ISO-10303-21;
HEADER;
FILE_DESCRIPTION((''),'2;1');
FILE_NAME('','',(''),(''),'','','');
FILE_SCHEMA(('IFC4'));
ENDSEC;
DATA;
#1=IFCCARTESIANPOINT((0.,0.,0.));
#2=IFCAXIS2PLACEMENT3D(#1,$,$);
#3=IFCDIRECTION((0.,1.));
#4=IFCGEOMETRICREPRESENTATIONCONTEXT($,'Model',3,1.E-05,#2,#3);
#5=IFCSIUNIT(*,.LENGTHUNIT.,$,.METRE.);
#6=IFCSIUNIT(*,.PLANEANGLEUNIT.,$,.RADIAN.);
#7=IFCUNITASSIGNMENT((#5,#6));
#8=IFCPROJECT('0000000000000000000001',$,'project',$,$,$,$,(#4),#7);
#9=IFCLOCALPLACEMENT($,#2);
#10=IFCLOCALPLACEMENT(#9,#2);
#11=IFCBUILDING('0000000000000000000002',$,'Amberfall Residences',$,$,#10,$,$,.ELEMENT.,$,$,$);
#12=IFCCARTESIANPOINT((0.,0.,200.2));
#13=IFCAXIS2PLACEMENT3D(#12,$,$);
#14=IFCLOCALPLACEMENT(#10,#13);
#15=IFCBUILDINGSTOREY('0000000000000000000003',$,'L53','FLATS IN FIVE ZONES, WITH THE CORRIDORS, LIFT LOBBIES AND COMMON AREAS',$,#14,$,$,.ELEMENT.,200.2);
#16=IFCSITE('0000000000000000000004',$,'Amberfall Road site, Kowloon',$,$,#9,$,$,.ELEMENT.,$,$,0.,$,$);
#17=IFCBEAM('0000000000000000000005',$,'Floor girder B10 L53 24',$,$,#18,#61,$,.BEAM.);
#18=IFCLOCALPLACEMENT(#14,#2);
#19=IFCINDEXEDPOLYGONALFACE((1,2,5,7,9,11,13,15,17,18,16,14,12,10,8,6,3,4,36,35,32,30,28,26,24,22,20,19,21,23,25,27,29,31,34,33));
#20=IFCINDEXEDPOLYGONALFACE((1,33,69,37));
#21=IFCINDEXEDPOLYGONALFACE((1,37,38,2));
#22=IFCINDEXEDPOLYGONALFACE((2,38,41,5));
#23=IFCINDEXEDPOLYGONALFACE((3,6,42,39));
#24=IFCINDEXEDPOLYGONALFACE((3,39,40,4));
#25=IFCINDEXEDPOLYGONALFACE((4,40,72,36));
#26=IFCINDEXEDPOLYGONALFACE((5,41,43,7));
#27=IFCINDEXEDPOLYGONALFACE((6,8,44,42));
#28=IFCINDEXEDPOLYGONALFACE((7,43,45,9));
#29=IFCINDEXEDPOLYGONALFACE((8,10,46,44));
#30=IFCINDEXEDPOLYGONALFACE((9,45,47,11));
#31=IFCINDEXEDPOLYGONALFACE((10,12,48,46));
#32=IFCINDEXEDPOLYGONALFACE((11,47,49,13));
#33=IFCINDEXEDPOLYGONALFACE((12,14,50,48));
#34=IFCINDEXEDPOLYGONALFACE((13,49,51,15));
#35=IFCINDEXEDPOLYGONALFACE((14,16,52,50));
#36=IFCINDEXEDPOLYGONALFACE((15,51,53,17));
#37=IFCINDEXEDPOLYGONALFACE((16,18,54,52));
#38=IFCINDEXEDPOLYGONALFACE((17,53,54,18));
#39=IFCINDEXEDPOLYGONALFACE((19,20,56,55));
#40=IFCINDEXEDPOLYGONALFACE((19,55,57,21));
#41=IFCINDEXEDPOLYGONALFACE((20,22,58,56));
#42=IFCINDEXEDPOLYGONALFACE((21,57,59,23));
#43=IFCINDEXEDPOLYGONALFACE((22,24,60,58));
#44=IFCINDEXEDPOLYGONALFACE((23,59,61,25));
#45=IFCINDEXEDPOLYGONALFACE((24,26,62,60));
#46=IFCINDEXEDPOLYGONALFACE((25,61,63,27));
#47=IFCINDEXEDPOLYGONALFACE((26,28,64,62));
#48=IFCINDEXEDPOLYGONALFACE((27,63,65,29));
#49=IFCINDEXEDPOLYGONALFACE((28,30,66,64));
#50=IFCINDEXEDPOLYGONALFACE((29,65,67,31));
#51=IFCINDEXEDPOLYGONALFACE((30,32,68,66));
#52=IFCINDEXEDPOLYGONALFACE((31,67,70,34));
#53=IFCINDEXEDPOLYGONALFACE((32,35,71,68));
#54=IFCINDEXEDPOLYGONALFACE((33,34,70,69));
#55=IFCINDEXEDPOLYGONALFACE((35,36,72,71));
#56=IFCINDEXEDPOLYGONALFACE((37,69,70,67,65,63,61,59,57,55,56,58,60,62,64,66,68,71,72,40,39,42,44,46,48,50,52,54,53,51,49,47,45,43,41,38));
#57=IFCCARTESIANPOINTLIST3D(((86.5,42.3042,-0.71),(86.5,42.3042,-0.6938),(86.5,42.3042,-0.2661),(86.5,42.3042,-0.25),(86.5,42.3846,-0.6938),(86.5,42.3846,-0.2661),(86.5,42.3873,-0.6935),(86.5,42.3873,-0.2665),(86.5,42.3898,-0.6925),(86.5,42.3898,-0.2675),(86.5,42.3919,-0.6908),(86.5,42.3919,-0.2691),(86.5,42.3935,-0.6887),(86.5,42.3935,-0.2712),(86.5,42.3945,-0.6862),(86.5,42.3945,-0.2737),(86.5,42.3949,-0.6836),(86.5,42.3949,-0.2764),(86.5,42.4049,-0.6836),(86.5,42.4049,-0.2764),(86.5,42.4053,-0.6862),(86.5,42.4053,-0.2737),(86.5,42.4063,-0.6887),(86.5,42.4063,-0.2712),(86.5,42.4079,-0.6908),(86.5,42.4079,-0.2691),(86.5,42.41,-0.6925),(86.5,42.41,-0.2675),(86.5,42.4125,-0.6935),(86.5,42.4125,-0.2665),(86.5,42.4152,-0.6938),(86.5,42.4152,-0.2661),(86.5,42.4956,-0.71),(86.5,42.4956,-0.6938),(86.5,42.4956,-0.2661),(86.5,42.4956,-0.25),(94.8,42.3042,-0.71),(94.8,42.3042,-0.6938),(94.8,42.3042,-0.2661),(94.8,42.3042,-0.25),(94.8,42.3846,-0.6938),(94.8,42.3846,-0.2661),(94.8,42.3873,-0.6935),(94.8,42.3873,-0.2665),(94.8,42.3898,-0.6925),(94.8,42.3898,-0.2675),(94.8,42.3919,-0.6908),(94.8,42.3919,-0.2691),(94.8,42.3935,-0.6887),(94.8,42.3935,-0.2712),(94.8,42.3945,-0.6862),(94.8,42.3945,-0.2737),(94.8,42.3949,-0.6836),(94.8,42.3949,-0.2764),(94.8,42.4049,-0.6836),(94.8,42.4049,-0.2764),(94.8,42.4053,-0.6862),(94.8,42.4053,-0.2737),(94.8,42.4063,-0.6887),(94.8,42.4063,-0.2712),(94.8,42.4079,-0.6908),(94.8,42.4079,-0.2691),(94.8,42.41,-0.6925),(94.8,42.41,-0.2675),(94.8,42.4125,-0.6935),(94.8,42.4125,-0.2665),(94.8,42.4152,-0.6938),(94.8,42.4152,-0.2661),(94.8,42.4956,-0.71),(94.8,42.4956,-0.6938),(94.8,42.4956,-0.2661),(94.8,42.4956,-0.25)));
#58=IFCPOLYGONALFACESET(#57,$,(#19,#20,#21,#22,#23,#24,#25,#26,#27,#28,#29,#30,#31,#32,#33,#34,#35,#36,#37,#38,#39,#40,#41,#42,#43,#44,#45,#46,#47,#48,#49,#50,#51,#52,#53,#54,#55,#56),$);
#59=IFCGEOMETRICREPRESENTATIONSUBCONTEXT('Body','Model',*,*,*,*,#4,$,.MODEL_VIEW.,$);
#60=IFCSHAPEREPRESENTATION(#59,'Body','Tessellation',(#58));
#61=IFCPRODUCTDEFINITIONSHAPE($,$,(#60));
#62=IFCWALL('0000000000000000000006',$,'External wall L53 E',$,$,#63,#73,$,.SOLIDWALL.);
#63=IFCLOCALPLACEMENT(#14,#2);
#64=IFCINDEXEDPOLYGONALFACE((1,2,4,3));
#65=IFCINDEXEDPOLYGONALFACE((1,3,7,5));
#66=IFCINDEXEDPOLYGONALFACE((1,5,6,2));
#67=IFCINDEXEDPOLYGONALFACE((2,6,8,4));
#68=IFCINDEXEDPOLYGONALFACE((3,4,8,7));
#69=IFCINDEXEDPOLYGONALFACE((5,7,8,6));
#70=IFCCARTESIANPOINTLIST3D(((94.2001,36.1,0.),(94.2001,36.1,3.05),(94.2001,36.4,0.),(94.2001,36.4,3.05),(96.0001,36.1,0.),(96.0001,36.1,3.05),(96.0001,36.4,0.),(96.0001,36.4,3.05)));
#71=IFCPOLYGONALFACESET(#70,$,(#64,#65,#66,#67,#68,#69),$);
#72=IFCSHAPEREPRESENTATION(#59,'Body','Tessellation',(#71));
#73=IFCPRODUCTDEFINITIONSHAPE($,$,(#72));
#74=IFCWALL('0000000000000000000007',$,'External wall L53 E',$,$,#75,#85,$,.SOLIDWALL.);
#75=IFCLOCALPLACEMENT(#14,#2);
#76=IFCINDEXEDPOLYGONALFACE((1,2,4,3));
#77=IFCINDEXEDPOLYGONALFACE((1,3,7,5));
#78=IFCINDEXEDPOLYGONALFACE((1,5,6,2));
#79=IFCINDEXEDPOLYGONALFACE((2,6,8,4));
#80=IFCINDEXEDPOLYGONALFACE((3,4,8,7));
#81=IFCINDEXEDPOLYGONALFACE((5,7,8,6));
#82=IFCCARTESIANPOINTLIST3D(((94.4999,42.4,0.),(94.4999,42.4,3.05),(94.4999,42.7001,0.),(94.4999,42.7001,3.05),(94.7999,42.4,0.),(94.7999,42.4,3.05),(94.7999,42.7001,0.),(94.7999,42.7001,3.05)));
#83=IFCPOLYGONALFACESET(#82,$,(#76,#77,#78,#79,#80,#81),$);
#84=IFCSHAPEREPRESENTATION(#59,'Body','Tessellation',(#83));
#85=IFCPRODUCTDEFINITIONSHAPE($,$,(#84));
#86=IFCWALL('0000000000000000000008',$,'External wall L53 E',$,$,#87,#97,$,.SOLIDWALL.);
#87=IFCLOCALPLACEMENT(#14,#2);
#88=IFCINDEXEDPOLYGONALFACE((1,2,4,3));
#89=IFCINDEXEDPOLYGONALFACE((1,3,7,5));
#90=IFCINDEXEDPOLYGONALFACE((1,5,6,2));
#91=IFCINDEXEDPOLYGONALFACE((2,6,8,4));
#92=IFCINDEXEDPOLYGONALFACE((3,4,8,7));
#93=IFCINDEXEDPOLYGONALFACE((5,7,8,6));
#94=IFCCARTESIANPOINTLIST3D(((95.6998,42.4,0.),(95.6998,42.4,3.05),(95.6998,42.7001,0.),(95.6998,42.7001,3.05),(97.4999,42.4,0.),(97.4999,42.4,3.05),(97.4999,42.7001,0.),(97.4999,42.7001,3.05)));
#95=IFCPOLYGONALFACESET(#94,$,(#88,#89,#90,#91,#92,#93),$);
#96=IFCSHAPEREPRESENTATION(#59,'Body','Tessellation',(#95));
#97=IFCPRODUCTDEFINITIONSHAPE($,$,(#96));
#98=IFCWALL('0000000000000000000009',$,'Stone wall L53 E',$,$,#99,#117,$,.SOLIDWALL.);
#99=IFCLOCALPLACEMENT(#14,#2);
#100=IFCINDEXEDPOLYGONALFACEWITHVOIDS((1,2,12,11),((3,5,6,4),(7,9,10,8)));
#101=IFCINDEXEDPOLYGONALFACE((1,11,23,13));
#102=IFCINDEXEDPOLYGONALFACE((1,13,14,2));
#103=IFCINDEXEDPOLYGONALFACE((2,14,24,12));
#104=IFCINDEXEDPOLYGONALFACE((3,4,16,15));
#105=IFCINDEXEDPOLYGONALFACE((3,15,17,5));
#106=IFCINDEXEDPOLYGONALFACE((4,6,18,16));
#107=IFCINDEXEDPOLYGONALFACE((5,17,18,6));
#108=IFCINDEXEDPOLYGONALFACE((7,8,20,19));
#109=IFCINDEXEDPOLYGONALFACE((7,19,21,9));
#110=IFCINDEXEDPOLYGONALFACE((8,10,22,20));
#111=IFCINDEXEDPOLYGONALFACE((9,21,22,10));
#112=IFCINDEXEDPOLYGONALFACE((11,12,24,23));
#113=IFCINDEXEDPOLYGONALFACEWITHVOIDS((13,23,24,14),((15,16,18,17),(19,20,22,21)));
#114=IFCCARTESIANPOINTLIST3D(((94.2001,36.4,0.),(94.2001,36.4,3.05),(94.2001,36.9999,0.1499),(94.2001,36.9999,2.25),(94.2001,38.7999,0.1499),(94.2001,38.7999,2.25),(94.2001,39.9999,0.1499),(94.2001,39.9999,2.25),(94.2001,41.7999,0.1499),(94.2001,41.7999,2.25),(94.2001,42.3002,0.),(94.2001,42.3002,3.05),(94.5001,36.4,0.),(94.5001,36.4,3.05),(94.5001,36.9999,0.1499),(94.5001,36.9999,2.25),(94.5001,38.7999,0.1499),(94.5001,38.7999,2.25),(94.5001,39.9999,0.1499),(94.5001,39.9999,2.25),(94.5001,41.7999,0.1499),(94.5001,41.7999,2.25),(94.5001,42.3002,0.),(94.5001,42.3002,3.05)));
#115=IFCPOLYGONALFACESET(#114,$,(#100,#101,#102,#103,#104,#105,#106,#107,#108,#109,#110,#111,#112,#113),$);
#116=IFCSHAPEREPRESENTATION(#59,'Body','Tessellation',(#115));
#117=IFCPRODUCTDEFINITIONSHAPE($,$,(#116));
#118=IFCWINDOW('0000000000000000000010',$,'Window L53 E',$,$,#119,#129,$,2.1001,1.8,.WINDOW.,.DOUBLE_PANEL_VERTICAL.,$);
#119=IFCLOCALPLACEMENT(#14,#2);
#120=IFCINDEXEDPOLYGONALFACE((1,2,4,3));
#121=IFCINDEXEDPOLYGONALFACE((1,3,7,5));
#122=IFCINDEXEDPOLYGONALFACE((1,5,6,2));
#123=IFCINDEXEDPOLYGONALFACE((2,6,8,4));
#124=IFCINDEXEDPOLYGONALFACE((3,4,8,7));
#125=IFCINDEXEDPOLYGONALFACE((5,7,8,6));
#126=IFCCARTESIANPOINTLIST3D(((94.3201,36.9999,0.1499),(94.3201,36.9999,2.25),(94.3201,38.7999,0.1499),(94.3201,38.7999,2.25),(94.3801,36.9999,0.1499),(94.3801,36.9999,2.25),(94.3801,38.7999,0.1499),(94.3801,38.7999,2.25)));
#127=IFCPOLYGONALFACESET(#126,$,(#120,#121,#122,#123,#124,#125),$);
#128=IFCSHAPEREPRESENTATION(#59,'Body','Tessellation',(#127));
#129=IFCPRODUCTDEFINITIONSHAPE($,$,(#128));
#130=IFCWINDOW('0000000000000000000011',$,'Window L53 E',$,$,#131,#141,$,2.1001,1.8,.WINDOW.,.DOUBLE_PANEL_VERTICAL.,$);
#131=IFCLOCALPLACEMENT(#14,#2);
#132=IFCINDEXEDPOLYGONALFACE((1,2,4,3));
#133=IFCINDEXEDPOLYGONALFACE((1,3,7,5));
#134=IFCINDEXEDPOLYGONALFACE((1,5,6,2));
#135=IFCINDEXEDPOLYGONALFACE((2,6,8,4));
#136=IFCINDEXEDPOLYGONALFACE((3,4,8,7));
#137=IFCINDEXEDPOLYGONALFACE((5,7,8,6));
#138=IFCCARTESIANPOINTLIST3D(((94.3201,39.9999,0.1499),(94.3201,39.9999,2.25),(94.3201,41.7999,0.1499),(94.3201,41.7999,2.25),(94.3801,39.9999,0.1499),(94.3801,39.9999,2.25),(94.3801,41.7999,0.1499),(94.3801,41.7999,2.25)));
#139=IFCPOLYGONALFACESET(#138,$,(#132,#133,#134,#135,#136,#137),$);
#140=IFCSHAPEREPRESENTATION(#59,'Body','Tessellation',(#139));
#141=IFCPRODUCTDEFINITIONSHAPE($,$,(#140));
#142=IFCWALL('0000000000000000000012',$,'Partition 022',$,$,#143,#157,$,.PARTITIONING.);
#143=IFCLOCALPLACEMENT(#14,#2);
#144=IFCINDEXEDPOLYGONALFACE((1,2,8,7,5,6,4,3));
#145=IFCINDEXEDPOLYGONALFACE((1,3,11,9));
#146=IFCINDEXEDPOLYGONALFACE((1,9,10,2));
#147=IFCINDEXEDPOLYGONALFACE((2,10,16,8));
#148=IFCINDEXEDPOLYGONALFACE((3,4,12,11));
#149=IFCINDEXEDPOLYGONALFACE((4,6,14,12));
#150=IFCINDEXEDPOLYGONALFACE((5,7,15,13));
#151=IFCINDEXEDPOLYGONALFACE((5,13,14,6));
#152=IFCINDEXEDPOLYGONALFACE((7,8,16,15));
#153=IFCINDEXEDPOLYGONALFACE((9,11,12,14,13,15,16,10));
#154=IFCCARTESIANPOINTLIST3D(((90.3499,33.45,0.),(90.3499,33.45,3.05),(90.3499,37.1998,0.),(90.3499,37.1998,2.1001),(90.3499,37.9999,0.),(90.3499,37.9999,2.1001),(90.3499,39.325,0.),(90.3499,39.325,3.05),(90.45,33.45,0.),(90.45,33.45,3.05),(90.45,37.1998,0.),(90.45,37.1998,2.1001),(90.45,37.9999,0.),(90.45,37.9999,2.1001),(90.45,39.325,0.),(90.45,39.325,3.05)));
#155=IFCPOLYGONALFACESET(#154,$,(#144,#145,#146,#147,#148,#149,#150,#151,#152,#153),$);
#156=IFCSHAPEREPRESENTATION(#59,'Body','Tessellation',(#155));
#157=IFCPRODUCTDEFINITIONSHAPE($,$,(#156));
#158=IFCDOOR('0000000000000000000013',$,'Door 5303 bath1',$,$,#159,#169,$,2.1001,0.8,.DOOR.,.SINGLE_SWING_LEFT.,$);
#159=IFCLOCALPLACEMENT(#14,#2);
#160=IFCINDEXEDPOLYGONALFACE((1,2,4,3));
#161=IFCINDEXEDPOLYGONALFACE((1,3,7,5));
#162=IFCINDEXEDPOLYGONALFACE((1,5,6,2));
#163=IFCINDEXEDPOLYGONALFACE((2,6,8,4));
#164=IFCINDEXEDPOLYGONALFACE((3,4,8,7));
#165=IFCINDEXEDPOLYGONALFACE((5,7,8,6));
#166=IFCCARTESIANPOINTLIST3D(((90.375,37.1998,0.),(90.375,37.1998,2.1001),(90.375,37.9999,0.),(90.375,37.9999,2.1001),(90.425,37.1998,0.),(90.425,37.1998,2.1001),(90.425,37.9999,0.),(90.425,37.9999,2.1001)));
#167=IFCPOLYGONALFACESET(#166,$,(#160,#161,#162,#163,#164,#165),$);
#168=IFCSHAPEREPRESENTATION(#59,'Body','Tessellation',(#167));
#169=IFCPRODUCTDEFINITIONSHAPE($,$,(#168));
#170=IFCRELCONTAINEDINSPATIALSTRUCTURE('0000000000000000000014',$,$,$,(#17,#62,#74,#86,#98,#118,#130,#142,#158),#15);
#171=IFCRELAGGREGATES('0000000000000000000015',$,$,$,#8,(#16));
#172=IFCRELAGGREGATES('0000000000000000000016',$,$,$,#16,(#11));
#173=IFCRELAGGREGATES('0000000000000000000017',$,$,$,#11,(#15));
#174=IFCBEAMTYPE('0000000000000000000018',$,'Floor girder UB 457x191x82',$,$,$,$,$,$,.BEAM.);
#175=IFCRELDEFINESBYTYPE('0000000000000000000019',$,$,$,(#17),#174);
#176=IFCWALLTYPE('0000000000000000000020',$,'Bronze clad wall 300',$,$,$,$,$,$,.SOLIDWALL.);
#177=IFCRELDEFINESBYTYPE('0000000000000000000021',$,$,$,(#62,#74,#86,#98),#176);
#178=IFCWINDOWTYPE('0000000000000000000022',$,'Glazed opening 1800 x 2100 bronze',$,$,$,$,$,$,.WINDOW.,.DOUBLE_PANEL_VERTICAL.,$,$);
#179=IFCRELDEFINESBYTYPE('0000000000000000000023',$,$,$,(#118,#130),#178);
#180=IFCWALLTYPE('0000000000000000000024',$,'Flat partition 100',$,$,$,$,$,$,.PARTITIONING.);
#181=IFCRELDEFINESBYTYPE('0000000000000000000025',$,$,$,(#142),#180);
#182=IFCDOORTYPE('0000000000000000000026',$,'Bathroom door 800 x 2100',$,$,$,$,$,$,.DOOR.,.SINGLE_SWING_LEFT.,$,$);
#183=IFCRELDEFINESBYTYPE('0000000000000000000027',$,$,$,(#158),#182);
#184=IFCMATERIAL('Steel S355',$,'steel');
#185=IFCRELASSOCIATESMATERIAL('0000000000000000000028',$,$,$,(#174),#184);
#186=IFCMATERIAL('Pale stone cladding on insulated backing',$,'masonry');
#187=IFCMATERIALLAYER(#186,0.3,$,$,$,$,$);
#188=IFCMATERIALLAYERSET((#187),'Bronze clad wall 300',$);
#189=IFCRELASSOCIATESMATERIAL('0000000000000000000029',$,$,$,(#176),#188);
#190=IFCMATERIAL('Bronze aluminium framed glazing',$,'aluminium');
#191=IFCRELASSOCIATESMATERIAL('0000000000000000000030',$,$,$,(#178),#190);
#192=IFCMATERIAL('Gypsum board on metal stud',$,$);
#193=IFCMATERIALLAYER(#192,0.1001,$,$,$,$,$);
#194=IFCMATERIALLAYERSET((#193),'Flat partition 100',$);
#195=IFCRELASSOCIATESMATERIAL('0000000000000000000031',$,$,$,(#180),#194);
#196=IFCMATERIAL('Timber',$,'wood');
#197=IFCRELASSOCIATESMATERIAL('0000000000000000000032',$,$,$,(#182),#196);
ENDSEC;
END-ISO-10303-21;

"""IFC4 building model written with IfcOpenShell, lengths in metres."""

from ifc_helpers import new_model, si_unit, direction, frame, frame_2d, origin, origin_2d, place, context, subcontext, project, spatial, rectangle, i_section, extrude, material, layer, layer_set, material_profile, profile_set, type_object, element, fill, save


model = new_model("IFC4")

# Units and contexts
model_context = context("Model", 3, precision=1e-05, world=origin(), true_north=direction((0.0, 1.0)))
body_context = subcontext(model_context, "Body", "Model", "MODEL_VIEW")
ifc_project = project(units=[si_unit("LENGTHUNIT", "METRE"), si_unit("PLANEANGLEUNIT", "RADIAN")], contexts=[model_context])

# Site, building, storey
site_placement = place(None, origin())
site = spatial("IfcSite", under=ifc_project, at=site_placement, Name="Amberfall Road site, Kowloon", CompositionType="ELEMENT", RefElevation=0.0)
building_placement = place(site_placement, origin())
building = spatial("IfcBuilding", under=site, at=building_placement, Name="Amberfall Residences", CompositionType="ELEMENT")
storey_placement = place(building_placement, frame((0.0, 0.0, 200.2)))
storey = spatial("IfcBuildingStorey", under=building, at=storey_placement, Name="L53", Description="FLATS IN FIVE ZONES, WITH THE CORRIDORS, LIFT LOBBIES AND COMMON AREAS", CompositionType="ELEMENT", Elevation=200.2)

# Beam
ifc_material_1 = material(Name="Steel S355", Category="steel")
ifc_material_profile_1 = material_profile(ifc_material_1, i_section(OverallWidth=0.1914, OverallDepth=0.46, WebThickness=0.01, FlangeThickness=0.0161, FilletRadius=0.0103, at=origin_2d()), Name="UB 457x191x82")
ifc_profile_set_1 = profile_set([ifc_material_profile_1], Name="Steel S355")
beam_type_1 = type_object("IfcBeamType", Name="Floor girder UB 457x191x82", PredefinedType="BEAM", material=ifc_profile_set_1)
beam_1_placement = place(storey_placement, frame((94.8, 42.3999, -0.48), z_axis=(-1.0, 0.0, 0.0), x_axis=(0.0, -1.0, 0.0)))
element("IfcBeam", 1, at=beam_1_placement, inside=storey, type_object=beam_type_1, Name="Floor girder B10 L53 24", PredefinedType="BEAM", context=body_context, shape_type="SweptSolid", body=[
    extrude(i_section(OverallWidth=0.1914, OverallDepth=0.46, WebThickness=0.01, FlangeThickness=0.0161, FilletRadius=0.0103, at=origin_2d()), origin(), (0.0, 0.0, 1.0), 8.3),
])

# Walls
ifc_material_2 = material(Name="Pale stone cladding on insulated backing", Category="masonry")
ifc_layer_1 = layer(ifc_material_2, 0.3)
ifc_layer_set_1 = layer_set([ifc_layer_1], Name="Bronze clad wall 300")
wall_type_1 = type_object("IfcWallType", Name="Bronze clad wall 300", PredefinedType="SOLIDWALL", material=ifc_layer_set_1)
wall_1_placement = place(storey_placement, frame((96.0, 36.25, 0.0), z_axis=(0.0, 0.0, 1.0), x_axis=(-1.0, 0.0, 0.0)))
element("IfcWall", 2, at=wall_1_placement, inside=storey, type_object=wall_type_1, Name="External wall L53 E", PredefinedType="SOLIDWALL", context=body_context, shape_type="SweptSolid", body=[
    extrude(rectangle(XDim=1.8, YDim=0.3, at=frame_2d((0.8999, 0.0))), origin(), (0.0, 0.0, 1.0), 3.05),
])
wall_2_placement = place(storey_placement, frame((94.5, 42.55, 0.0), z_axis=(0.0, 0.0, 1.0), x_axis=(1.0, 0.0, 0.0)))
element("IfcWall", 3, at=wall_2_placement, inside=storey, type_object=wall_type_1, Name="External wall L53 E", PredefinedType="SOLIDWALL", context=body_context, shape_type="SweptSolid", body=[
    extrude(rectangle(XDim=0.3, YDim=0.3, at=frame_2d((0.1499, 0.0))), origin(), (0.0, 0.0, 1.0), 3.05),
])
wall_3_placement = place(storey_placement, frame((95.7, 42.55, 0.0), z_axis=(0.0, 0.0, 1.0), x_axis=(1.0, 0.0, 0.0)))
element("IfcWall", 4, at=wall_3_placement, inside=storey, type_object=wall_type_1, Name="External wall L53 E", PredefinedType="SOLIDWALL", context=body_context, shape_type="SweptSolid", body=[
    extrude(rectangle(XDim=1.8, YDim=0.3, at=frame_2d((0.8999, 0.0))), origin(), (0.0, 0.0, 1.0), 3.05),
])

# Wall, openings, windows
wall_4_placement = place(storey_placement, frame((94.3501, 36.3999, 0.0), z_axis=(0.0, 0.0, 1.0), x_axis=(0.0, 1.0, 0.0)))
wall_4 = element("IfcWall", 5, at=wall_4_placement, inside=storey, type_object=wall_type_1, Name="Stone wall L53 E", PredefinedType="SOLIDWALL", context=body_context, shape_type="SweptSolid", body=[
    extrude(rectangle(XDim=5.9001, YDim=0.3, at=frame_2d((2.9502, 0.0))), origin(), (0.0, 0.0, 1.0), 3.05),
])
opening_1_placement = place(wall_4_placement, frame((0.6001, 0.0, 0.1499)))
opening_1 = element("IfcOpeningElement", 6, at=opening_1_placement, cuts=wall_4, PredefinedType="OPENING", context=body_context, shape_type="SweptSolid", body=[
    extrude(rectangle(XDim=1.8, YDim=2.1001, at=frame_2d((0.8999, 1.05))), frame((0.0, 0.1599, 0.0), z_axis=(0.0, -1.0, 0.0), x_axis=(1.0, 0.0, 0.0)), (0.0, 0.0, 1.0), 0.3201),
])
opening_2_placement = place(wall_4_placement, frame((3.6001, 0.0, 0.1499)))
opening_2 = element("IfcOpeningElement", 7, at=opening_2_placement, cuts=wall_4, PredefinedType="OPENING", context=body_context, shape_type="SweptSolid", body=[
    extrude(rectangle(XDim=1.8, YDim=2.1001, at=frame_2d((0.8999, 1.05))), frame((0.0, 0.1599, 0.0), z_axis=(0.0, -1.0, 0.0), x_axis=(1.0, 0.0, 0.0)), (0.0, 0.0, 1.0), 0.3201),
])
ifc_material_3 = material(Name="Bronze aluminium framed glazing", Category="aluminium")
window_type = type_object("IfcWindowType", Name="Glazed opening 1800 x 2100 bronze", PartitioningType="DOUBLE_PANEL_VERTICAL", PredefinedType="WINDOW", material=ifc_material_3)
window_1_placement = place(opening_1_placement, origin())
window_1 = element("IfcWindow", 8, at=window_1_placement, inside=storey, type_object=window_type, Name="Window L53 E", OverallHeight=2.1001, OverallWidth=1.8, PartitioningType="DOUBLE_PANEL_VERTICAL", PredefinedType="WINDOW", context=body_context, shape_type="SweptSolid", body=[
    extrude(rectangle(XDim=1.8, YDim=2.1001, at=frame_2d((0.8999, 1.05))), frame((0.0, 0.03, 0.0), z_axis=(0.0, -1.0, 0.0), x_axis=(1.0, 0.0, 0.0)), (0.0, 0.0, 1.0), 0.0601),
])
fill(opening_1, window_1)
window_2_placement = place(opening_2_placement, origin())
window_2 = element("IfcWindow", 9, at=window_2_placement, inside=storey, type_object=window_type, Name="Window L53 E", OverallHeight=2.1001, OverallWidth=1.8, PartitioningType="DOUBLE_PANEL_VERTICAL", PredefinedType="WINDOW", context=body_context, shape_type="SweptSolid", body=[
    extrude(rectangle(XDim=1.8, YDim=2.1001, at=frame_2d((0.8999, 1.05))), frame((0.0, 0.03, 0.0), z_axis=(0.0, -1.0, 0.0), x_axis=(1.0, 0.0, 0.0)), (0.0, 0.0, 1.0), 0.0601),
])
fill(opening_2, window_2)

# Wall, opening, door
ifc_material_4 = material(Name="Gypsum board on metal stud")
ifc_layer_2 = layer(ifc_material_4, 0.1001)
ifc_layer_set_2 = layer_set([ifc_layer_2], Name="Flat partition 100")
wall_type_2 = type_object("IfcWallType", Name="Flat partition 100", PredefinedType="PARTITIONING", material=ifc_layer_set_2)
wall_5_placement = place(storey_placement, frame((90.3999, 33.45, 0.0), z_axis=(0.0, 0.0, 1.0), x_axis=(0.0, 1.0, 0.0)))
wall_5 = element("IfcWall", 10, at=wall_5_placement, inside=storey, type_object=wall_type_2, Name="Partition 022", PredefinedType="PARTITIONING", context=body_context, shape_type="SweptSolid", body=[
    extrude(rectangle(XDim=5.875, YDim=0.1001, at=frame_2d((2.9375, 0.0))), origin(), (0.0, 0.0, 1.0), 3.05),
])
opening_3_placement = place(wall_5_placement, frame((3.75, 0.0, 0.0)))
opening_3 = element("IfcOpeningElement", 11, at=opening_3_placement, cuts=wall_5, PredefinedType="OPENING", context=body_context, shape_type="SweptSolid", body=[
    extrude(rectangle(XDim=0.8, YDim=2.1001, at=frame_2d((0.3999, 1.05))), frame((0.0, 0.0601, 0.0), z_axis=(0.0, -1.0, 0.0), x_axis=(1.0, 0.0, 0.0)), (0.0, 0.0, 1.0), 0.1201),
])
ifc_material_5 = material(Name="Timber", Category="wood")
door_type_1 = type_object("IfcDoorType", Name="Bathroom door 800 x 2100", OperationType="SINGLE_SWING_LEFT", PredefinedType="DOOR", material=ifc_material_5)
door_1_placement = place(opening_3_placement, origin())
door_1 = element("IfcDoor", 12, at=door_1_placement, inside=storey, type_object=door_type_1, Name="Door 5303 bath1", OperationType="SINGLE_SWING_LEFT", OverallHeight=2.1001, OverallWidth=0.8, PredefinedType="DOOR", context=body_context, shape_type="SweptSolid", body=[
    extrude(rectangle(XDim=0.8, YDim=2.1001, at=frame_2d((0.3999, 1.05))), frame((0.0, 0.0249, 0.0), z_axis=(0.0, -1.0, 0.0), x_axis=(1.0, 0.0, 0.0)), (0.0, 0.0, 1.0), 0.05),
])
fill(opening_3, door_1)

save(model, "model.ifc")
